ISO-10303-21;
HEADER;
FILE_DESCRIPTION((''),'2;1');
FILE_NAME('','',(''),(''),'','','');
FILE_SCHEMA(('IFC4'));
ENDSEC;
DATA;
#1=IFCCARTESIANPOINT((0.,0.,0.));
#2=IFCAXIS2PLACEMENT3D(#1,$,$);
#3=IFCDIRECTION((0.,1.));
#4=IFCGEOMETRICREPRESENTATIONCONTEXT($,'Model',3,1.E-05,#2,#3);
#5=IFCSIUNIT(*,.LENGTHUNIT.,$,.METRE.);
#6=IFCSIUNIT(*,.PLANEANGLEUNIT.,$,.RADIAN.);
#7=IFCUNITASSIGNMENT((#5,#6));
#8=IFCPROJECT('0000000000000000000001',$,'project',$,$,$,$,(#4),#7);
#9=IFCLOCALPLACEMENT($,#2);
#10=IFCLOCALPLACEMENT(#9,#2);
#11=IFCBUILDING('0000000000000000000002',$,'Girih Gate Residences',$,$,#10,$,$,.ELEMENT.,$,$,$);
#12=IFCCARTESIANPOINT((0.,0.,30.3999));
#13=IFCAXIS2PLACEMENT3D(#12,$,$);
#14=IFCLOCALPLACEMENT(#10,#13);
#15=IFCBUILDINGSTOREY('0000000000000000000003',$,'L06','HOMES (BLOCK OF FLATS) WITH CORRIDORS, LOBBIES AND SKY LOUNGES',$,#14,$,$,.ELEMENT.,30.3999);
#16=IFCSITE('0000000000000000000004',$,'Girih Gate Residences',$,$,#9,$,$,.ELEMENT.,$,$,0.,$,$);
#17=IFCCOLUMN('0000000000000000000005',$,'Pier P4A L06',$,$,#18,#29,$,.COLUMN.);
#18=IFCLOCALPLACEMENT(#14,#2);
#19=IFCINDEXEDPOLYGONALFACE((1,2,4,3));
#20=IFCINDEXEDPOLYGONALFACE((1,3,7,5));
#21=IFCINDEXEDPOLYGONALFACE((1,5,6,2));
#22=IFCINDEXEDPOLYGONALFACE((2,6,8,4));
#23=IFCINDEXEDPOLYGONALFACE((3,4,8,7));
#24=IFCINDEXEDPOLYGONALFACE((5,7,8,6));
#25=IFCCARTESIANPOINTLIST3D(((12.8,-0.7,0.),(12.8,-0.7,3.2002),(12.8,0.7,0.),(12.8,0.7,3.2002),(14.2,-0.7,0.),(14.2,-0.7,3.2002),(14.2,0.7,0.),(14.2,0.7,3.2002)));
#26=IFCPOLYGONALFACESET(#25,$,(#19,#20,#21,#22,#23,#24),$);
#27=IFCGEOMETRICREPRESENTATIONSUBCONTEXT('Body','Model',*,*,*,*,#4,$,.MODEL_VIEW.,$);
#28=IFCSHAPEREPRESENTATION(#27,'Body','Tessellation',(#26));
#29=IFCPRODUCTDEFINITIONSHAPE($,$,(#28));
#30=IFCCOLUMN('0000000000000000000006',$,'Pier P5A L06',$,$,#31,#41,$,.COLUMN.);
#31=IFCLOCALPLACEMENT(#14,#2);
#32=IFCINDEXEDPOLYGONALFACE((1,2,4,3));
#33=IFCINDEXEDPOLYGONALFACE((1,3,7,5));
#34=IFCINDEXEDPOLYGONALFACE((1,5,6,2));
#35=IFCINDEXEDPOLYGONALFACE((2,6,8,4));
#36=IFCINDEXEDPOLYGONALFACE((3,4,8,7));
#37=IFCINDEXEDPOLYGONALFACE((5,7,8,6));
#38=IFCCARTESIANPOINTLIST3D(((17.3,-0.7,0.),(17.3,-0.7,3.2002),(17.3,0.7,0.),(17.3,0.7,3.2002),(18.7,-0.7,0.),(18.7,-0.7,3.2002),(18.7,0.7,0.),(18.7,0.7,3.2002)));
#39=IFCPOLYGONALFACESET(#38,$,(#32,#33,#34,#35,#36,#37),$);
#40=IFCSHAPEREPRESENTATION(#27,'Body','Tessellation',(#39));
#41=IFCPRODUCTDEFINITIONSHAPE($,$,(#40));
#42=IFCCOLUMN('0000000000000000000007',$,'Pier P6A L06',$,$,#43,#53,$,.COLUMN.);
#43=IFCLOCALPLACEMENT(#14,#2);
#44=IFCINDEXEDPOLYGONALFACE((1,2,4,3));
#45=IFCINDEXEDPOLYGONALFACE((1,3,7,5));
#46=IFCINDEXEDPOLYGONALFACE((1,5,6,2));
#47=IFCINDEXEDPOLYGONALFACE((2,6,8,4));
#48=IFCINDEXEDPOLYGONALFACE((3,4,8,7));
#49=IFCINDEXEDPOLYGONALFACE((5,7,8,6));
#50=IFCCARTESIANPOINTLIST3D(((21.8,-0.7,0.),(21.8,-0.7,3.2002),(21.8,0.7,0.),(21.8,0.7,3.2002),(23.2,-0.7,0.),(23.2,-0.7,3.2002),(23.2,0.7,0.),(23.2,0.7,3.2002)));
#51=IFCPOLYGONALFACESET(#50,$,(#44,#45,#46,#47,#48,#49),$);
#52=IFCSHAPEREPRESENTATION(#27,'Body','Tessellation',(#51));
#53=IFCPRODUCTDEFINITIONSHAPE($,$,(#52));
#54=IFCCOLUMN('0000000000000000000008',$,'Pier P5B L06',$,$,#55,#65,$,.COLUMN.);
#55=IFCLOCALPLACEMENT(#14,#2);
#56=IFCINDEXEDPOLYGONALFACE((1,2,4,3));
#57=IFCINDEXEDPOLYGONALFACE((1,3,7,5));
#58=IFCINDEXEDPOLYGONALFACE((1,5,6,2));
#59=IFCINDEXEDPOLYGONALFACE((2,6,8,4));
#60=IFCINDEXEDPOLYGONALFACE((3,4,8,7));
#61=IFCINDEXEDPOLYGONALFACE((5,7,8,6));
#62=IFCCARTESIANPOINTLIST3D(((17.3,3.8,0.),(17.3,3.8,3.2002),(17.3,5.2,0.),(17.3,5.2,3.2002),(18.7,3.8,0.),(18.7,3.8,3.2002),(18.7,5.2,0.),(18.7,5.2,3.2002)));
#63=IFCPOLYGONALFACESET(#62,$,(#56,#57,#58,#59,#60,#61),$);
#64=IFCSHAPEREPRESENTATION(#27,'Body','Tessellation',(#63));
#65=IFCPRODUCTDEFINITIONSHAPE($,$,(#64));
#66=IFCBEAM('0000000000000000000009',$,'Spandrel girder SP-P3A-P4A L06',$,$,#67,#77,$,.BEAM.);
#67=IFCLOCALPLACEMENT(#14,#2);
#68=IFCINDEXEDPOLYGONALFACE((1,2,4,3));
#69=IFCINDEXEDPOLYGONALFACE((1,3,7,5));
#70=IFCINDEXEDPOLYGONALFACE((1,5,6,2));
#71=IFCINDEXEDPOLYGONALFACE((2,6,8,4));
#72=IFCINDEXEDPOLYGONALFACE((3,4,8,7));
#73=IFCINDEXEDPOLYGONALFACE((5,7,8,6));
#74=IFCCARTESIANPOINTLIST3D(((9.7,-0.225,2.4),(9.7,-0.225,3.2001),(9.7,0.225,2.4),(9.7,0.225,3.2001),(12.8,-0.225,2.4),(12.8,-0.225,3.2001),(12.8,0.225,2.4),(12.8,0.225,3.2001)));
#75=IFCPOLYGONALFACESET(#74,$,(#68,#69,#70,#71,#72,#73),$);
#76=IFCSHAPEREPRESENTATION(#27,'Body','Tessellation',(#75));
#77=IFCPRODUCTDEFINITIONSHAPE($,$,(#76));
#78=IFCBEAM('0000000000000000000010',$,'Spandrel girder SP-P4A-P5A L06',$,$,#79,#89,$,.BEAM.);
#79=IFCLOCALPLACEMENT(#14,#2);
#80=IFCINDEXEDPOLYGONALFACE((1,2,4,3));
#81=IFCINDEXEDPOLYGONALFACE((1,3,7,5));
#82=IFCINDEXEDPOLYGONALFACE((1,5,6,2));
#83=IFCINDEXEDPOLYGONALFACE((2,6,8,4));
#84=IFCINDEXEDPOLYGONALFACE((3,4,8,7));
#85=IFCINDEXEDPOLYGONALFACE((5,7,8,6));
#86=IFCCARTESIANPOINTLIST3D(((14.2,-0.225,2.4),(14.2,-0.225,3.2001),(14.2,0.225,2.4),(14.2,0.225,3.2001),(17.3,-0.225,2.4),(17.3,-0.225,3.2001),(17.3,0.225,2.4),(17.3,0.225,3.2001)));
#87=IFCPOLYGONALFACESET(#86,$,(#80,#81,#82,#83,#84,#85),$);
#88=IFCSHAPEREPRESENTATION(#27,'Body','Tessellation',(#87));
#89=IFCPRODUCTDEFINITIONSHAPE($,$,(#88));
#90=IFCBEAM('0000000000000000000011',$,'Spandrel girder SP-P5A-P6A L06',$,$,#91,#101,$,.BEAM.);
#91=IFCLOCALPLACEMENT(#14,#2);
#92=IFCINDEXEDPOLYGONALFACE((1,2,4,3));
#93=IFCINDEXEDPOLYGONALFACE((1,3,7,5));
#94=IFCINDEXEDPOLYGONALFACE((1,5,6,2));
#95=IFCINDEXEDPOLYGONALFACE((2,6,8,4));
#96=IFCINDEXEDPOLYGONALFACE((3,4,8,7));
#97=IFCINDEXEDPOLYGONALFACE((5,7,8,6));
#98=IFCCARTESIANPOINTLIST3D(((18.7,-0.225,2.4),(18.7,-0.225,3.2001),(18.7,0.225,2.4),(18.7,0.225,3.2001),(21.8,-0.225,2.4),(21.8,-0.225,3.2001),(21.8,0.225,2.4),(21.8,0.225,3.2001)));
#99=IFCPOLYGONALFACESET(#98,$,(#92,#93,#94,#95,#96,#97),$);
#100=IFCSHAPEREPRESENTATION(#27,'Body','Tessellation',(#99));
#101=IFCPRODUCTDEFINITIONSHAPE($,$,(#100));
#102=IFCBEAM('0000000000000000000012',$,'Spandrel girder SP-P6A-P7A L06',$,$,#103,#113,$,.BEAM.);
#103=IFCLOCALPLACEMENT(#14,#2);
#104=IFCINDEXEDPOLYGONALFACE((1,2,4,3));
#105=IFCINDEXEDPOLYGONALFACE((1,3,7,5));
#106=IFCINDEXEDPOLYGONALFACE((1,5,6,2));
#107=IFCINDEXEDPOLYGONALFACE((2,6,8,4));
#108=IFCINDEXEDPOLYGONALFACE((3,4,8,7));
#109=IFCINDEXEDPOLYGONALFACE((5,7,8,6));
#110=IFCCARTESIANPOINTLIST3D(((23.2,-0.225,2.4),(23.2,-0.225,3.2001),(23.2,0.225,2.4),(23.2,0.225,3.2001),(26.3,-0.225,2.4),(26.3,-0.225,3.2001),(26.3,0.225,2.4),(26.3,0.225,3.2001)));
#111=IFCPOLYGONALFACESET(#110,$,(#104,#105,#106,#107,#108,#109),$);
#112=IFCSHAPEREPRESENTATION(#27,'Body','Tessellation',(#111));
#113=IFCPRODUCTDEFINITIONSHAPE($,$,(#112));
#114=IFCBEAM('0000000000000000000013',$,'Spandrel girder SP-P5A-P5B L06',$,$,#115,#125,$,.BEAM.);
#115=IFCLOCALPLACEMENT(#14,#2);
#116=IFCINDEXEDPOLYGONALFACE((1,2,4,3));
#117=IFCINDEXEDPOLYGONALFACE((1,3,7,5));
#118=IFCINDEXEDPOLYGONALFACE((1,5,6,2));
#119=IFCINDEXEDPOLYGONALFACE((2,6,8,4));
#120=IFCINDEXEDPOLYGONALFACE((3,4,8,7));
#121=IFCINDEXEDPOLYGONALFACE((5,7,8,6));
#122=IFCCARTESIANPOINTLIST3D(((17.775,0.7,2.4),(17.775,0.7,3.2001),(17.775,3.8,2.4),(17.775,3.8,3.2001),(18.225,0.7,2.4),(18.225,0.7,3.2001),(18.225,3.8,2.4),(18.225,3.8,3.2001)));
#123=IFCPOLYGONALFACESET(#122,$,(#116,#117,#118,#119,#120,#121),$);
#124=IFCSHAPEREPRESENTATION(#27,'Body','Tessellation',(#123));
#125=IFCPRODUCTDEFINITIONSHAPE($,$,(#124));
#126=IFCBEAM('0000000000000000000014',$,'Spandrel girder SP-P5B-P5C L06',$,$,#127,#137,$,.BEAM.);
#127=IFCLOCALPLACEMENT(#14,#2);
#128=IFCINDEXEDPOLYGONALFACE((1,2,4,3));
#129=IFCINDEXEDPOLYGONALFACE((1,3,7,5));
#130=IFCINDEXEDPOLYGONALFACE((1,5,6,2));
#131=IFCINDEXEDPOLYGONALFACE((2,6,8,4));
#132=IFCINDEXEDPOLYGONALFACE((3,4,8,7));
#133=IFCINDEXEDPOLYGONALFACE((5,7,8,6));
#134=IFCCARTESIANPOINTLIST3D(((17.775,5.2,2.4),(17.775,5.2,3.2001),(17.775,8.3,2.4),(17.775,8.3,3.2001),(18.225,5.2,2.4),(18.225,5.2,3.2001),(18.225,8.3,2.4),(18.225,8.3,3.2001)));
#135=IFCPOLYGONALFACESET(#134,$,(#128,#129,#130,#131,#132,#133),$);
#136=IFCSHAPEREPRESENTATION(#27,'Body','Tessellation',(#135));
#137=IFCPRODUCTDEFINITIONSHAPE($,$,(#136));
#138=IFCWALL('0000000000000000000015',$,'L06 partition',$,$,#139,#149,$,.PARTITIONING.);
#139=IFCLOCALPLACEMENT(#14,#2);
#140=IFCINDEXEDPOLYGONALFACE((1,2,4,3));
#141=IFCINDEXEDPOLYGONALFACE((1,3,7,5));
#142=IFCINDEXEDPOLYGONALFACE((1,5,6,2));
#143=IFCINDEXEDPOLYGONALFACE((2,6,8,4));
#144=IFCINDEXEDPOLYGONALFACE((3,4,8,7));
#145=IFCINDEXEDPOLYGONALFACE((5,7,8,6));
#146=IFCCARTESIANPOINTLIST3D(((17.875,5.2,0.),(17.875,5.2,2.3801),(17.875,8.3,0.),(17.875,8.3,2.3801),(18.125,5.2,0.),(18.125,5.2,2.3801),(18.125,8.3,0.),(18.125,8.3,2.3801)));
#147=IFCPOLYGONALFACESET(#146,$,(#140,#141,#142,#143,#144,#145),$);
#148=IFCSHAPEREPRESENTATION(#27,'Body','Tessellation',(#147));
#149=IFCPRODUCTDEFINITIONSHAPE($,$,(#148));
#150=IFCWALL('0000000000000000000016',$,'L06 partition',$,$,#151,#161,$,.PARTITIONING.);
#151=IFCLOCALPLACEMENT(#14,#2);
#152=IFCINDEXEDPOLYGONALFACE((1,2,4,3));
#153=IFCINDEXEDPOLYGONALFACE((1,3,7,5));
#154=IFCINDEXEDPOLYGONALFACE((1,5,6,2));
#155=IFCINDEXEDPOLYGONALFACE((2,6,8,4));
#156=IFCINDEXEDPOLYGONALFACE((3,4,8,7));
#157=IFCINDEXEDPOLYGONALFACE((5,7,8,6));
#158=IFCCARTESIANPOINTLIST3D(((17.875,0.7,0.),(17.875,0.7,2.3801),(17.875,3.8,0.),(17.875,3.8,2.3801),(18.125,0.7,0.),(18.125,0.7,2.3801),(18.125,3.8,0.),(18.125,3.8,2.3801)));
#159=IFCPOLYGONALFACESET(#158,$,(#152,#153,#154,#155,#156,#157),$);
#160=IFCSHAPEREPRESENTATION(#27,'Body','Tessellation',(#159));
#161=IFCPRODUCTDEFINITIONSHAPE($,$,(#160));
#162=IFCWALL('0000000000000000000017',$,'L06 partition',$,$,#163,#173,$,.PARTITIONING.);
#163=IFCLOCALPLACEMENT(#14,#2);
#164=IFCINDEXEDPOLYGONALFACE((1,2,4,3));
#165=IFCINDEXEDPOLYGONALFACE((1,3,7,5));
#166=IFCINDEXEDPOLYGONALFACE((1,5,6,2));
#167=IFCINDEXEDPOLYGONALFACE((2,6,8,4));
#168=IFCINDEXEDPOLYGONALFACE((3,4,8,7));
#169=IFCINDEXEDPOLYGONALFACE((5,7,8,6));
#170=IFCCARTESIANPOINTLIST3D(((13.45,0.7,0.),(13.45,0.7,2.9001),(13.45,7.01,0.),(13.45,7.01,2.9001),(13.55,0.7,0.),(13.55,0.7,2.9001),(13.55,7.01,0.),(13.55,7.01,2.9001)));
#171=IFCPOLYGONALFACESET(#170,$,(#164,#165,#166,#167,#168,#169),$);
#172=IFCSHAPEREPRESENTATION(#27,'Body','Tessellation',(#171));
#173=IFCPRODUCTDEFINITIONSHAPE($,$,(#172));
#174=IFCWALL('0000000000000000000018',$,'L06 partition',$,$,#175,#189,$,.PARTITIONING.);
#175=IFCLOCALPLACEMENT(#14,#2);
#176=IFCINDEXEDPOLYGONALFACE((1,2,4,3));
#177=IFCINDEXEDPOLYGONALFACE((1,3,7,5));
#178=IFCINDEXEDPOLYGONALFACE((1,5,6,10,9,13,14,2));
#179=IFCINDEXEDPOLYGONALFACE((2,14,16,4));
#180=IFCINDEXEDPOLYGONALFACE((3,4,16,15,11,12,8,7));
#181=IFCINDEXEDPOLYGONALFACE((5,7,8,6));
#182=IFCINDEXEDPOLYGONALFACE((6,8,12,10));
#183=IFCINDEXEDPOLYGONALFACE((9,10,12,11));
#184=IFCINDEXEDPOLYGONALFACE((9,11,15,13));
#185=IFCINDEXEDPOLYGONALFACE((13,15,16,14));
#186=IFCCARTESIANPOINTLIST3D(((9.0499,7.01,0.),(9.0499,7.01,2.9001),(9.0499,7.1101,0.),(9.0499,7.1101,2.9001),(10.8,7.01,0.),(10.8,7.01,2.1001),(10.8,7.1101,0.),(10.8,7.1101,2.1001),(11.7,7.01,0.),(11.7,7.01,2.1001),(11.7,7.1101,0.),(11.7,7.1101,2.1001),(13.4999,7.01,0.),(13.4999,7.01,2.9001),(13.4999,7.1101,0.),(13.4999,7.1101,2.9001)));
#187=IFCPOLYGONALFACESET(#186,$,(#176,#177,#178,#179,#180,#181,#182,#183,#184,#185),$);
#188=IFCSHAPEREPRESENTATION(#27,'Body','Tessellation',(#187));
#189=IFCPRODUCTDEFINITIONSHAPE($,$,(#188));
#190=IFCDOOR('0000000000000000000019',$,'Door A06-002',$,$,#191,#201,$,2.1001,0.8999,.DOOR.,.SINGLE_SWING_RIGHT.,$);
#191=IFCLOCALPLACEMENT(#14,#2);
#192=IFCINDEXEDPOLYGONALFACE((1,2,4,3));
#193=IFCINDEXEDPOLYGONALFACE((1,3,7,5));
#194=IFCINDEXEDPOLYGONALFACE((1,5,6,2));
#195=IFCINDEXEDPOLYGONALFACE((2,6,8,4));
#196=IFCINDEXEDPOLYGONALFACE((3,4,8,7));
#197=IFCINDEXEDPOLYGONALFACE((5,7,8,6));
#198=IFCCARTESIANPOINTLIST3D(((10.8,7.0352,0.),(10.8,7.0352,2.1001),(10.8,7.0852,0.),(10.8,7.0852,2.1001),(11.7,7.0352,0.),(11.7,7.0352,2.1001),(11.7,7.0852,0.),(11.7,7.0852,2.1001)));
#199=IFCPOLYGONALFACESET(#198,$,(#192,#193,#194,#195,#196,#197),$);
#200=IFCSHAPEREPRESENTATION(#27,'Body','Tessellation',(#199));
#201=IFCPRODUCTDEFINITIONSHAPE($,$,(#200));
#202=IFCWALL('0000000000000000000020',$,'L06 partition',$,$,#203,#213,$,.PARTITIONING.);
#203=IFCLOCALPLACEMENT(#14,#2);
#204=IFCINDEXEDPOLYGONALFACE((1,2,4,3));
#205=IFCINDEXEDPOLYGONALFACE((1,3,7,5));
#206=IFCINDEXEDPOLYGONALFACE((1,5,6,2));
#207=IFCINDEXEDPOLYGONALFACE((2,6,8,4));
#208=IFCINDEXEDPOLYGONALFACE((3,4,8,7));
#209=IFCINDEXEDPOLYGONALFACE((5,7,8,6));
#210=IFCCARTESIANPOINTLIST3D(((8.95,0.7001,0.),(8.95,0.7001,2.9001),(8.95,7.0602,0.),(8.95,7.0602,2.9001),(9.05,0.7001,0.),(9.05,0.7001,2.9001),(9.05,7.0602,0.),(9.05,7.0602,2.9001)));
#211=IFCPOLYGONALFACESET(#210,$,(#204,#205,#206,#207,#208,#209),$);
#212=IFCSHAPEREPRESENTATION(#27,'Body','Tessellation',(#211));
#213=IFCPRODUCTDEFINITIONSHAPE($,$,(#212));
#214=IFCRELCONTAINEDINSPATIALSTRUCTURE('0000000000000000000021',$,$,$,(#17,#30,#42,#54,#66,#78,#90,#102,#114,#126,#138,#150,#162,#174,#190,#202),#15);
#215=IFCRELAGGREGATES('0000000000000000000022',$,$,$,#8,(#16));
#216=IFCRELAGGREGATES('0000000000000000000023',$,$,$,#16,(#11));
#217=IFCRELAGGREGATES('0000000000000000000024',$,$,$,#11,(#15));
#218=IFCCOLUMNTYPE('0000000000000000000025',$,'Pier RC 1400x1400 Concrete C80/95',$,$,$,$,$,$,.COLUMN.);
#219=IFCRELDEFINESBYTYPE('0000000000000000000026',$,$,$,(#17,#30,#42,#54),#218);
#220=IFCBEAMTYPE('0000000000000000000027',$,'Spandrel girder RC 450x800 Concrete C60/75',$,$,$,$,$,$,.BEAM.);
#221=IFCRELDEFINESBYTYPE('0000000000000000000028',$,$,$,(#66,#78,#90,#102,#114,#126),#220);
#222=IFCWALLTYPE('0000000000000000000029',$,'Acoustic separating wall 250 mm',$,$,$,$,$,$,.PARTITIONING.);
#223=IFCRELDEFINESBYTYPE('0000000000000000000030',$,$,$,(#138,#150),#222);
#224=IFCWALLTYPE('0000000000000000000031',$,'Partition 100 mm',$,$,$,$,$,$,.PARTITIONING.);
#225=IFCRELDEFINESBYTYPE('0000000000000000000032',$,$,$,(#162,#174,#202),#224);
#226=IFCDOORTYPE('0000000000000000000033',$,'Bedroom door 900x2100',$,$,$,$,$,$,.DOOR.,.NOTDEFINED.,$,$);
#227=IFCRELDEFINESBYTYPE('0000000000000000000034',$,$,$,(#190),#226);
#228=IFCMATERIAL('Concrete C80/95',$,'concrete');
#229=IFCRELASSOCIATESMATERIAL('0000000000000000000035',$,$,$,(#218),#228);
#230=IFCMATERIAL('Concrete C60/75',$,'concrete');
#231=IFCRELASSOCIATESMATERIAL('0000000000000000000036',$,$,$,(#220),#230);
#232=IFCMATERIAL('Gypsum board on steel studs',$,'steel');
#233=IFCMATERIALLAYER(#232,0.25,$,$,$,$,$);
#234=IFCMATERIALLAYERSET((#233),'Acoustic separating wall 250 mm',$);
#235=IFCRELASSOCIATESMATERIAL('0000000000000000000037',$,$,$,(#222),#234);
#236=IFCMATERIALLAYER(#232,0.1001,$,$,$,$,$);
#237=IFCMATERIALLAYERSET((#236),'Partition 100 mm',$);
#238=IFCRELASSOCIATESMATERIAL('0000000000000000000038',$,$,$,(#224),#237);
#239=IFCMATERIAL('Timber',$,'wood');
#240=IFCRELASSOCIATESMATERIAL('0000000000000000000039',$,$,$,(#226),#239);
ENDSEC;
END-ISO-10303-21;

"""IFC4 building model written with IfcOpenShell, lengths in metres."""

from ifc_helpers import new_model, si_unit, direction, frame, frame_2d, origin, origin_2d, place, context, subcontext, project, spatial, rectangle, extrude, material, layer, layer_set, material_profile, profile_set, type_object, element, fill, save


model = new_model("IFC4")

# Units and contexts
model_context = context("Model", 3, precision=1e-05, world=origin(), true_north=direction((0.0, 1.0)))
body_context = subcontext(model_context, "Body", "Model", "MODEL_VIEW")
ifc_project = project(units=[si_unit("LENGTHUNIT", "METRE"), si_unit("PLANEANGLEUNIT", "RADIAN")], contexts=[model_context])

# Site, building, storey
site_placement = place(None, origin())
site = spatial("IfcSite", under=ifc_project, at=site_placement, Name="Girih Gate Residences", CompositionType="ELEMENT", RefElevation=0.0)
building_placement = place(site_placement, origin())
building = spatial("IfcBuilding", under=site, at=building_placement, Name="Girih Gate Residences", CompositionType="ELEMENT")
storey_placement = place(building_placement, frame((0.0, 0.0, 30.3999)))
storey = spatial("IfcBuildingStorey", under=building, at=storey_placement, Name="L06", Description="HOMES (BLOCK OF FLATS) WITH CORRIDORS, LOBBIES AND SKY LOUNGES", CompositionType="ELEMENT", Elevation=30.3999)

# Columns
ifc_material_1 = material(Name="Concrete C80/95", Category="concrete")
ifc_material_profile_1 = material_profile(ifc_material_1, rectangle(XDim=1.3999, YDim=1.3999, at=origin_2d()))
ifc_profile_set_1 = profile_set([ifc_material_profile_1], Name="Concrete C80/95")
column_type = type_object("IfcColumnType", Name="Pier RC 1400x1400 Concrete C80/95", PredefinedType="COLUMN", material=ifc_profile_set_1)
for number, where, z_axis, x_axis, name in (
    (1, (13.5, 0.0, 0.0), (0.0, 0.0, 1.0), (1.0, 0.0, 0.0), "Pier P4A L06"),
    (2, (18.0, 0.0, 0.0), (0.0, 0.0, 1.0), (1.0, 0.0, 0.0), "Pier P5A L06"),
    (3, (22.5, 0.0, 0.0), (0.0, 0.0, 1.0), (1.0, 0.0, 0.0), "Pier P6A L06"),
    (4, (18.0, 4.5, 0.0), (0.0, 0.0, 1.0), (1.0, 0.0, 0.0), "Pier P5B L06"),
):
    element("IfcColumn", number, at=place(storey_placement, frame(where, z_axis=z_axis, x_axis=x_axis)), inside=storey, type_object=column_type, Name=name, PredefinedType="COLUMN", context=body_context, shape_type="SweptSolid", body=[
        extrude(rectangle(XDim=1.3999, YDim=1.3999, at=origin_2d()), origin(), (0.0, 0.0, 1.0), 3.2002),
    ])

# Beams
ifc_material_2 = material(Name="Concrete C60/75", Category="concrete")
ifc_material_profile_2 = material_profile(ifc_material_2, rectangle(XDim=0.45, YDim=0.8, at=origin_2d()))
ifc_profile_set_2 = profile_set([ifc_material_profile_2], Name="Concrete C60/75")
beam_type = type_object("IfcBeamType", Name="Spandrel girder RC 450x800 Concrete C60/75", PredefinedType="BEAM", material=ifc_profile_set_2)
for number, where, z_axis, x_axis, name in (
    (5, (9.7, 0.0, 2.8), (1.0, 0.0, 0.0), (0.0, 1.0, 0.0), "Spandrel girder SP-P3A-P4A L06"),
    (6, (14.2, 0.0, 2.8), (1.0, 0.0, 0.0), (0.0, 1.0, 0.0), "Spandrel girder SP-P4A-P5A L06"),
    (7, (18.7, 0.0, 2.8), (1.0, 0.0, 0.0), (0.0, 1.0, 0.0), "Spandrel girder SP-P5A-P6A L06"),
    (8, (23.2, 0.0, 2.8), (1.0, 0.0, 0.0), (0.0, 1.0, 0.0), "Spandrel girder SP-P6A-P7A L06"),
    (9, (18.0, 0.7, 2.8), (0.0, 1.0, 0.0), (-1.0, 0.0, 0.0), "Spandrel girder SP-P5A-P5B L06"),
    (10, (18.0, 5.2, 2.8), (0.0, 1.0, 0.0), (-1.0, 0.0, 0.0), "Spandrel girder SP-P5B-P5C L06"),
):
    element("IfcBeam", number, at=place(storey_placement, frame(where, z_axis=z_axis, x_axis=x_axis)), inside=storey, type_object=beam_type, Name=name, PredefinedType="BEAM", context=body_context, shape_type="SweptSolid", body=[
        extrude(rectangle(XDim=0.45, YDim=0.8, at=origin_2d()), origin(), (0.0, 0.0, 1.0), 3.1001),
    ])

# Walls
ifc_material_3 = material(Name="Gypsum board on steel studs", Category="steel")
ifc_layer_1 = layer(ifc_material_3, 0.25)
ifc_layer_set_1 = layer_set([ifc_layer_1], Name="Acoustic separating wall 250 mm")
wall_type_1 = type_object("IfcWallType", Name="Acoustic separating wall 250 mm", PredefinedType="PARTITIONING", material=ifc_layer_set_1)
for number, where, z_axis, x_axis, name in (
    (11, (18.0, 5.2, 0.0), (0.0, 0.0, 1.0), (0.0, 1.0, 0.0), "L06 partition"),
    (12, (18.0, 0.7, 0.0), (0.0, 0.0, 1.0), (0.0, 1.0, 0.0), "L06 partition"),
):
    element("IfcWall", number, at=place(storey_placement, frame(where, z_axis=z_axis, x_axis=x_axis)), inside=storey, type_object=wall_type_1, Name=name, PredefinedType="PARTITIONING", context=body_context, shape_type="SweptSolid", body=[
        extrude(rectangle(XDim=3.1001, YDim=0.25, at=frame_2d((1.55, 0.0))), origin(), (0.0, 0.0, 1.0), 2.3801),
    ])
ifc_layer_2 = layer(ifc_material_3, 0.1001)
ifc_layer_set_2 = layer_set([ifc_layer_2], Name="Partition 100 mm")
wall_type_2 = type_object("IfcWallType", Name="Partition 100 mm", PredefinedType="PARTITIONING", material=ifc_layer_set_2)
wall_1_placement = place(storey_placement, frame((13.5, 0.7, 0.0), z_axis=(0.0, 0.0, 1.0), x_axis=(0.0, 1.0, 0.0)))
element("IfcWall", 13, at=wall_1_placement, inside=storey, type_object=wall_type_2, Name="L06 partition", PredefinedType="PARTITIONING", context=body_context, shape_type="SweptSolid", body=[
    extrude(rectangle(XDim=6.3101, YDim=0.1001, at=frame_2d((3.155, 0.0))), origin(), (0.0, 0.0, 1.0), 2.9001),
])

# Wall, opening, door
wall_2_placement = place(storey_placement, frame((13.5, 7.0601, 0.0), z_axis=(0.0, 0.0, 1.0), x_axis=(-1.0, 0.0, 0.0)))
wall_2 = element("IfcWall", 14, at=wall_2_placement, inside=storey, type_object=wall_type_2, Name="L06 partition", PredefinedType="PARTITIONING", context=body_context, shape_type="SweptSolid", body=[
    extrude(rectangle(XDim=4.45, YDim=0.1001, at=frame_2d((2.2251, 0.0))), origin(), (0.0, 0.0, 1.0), 2.9001),
])
opening_1_placement = place(wall_2_placement, frame((1.8, 0.0, 0.0)))
opening_1 = element("IfcOpeningElement", 15, at=opening_1_placement, cuts=wall_2, PredefinedType="OPENING", context=body_context, shape_type="SweptSolid", body=[
    extrude(rectangle(XDim=0.8999, YDim=2.1001, at=frame_2d((0.45, 1.05))), frame((0.0, 0.0601, 0.0), z_axis=(0.0, -1.0, 0.0), x_axis=(1.0, 0.0, 0.0)), (0.0, 0.0, 1.0), 0.1201),
])
ifc_material_4 = material(Name="Timber", Category="wood")
door_type_1 = type_object("IfcDoorType", Name="Bedroom door 900x2100", OperationType="NOTDEFINED", PredefinedType="DOOR", material=ifc_material_4)
door_1_placement = place(opening_1_placement, origin())
door_1 = element("IfcDoor", 16, at=door_1_placement, inside=storey, type_object=door_type_1, Name="Door A06-002", OperationType="SINGLE_SWING_RIGHT", OverallHeight=2.1001, OverallWidth=0.8999, PredefinedType="DOOR", context=body_context, shape_type="SweptSolid", body=[
    extrude(rectangle(XDim=0.8999, YDim=2.1001, at=frame_2d((0.45, 1.05))), frame((0.0, 0.0249, 0.0), z_axis=(0.0, -1.0, 0.0), x_axis=(1.0, 0.0, 0.0)), (0.0, 0.0, 1.0), 0.05),
])
fill(opening_1, door_1)

# Wall
wall_3_placement = place(storey_placement, frame((9.0, 0.7, 0.0), z_axis=(0.0, 0.0, 1.0), x_axis=(0.0, 1.0, 0.0)))
element("IfcWall", 17, at=wall_3_placement, inside=storey, type_object=wall_type_2, Name="L06 partition", PredefinedType="PARTITIONING", context=body_context, shape_type="SweptSolid", body=[
    extrude(rectangle(XDim=6.3601, YDim=0.1001, at=frame_2d((3.1802, 0.0))), origin(), (0.0, 0.0, 1.0), 2.9001),
])

save(model, "model.ifc")
